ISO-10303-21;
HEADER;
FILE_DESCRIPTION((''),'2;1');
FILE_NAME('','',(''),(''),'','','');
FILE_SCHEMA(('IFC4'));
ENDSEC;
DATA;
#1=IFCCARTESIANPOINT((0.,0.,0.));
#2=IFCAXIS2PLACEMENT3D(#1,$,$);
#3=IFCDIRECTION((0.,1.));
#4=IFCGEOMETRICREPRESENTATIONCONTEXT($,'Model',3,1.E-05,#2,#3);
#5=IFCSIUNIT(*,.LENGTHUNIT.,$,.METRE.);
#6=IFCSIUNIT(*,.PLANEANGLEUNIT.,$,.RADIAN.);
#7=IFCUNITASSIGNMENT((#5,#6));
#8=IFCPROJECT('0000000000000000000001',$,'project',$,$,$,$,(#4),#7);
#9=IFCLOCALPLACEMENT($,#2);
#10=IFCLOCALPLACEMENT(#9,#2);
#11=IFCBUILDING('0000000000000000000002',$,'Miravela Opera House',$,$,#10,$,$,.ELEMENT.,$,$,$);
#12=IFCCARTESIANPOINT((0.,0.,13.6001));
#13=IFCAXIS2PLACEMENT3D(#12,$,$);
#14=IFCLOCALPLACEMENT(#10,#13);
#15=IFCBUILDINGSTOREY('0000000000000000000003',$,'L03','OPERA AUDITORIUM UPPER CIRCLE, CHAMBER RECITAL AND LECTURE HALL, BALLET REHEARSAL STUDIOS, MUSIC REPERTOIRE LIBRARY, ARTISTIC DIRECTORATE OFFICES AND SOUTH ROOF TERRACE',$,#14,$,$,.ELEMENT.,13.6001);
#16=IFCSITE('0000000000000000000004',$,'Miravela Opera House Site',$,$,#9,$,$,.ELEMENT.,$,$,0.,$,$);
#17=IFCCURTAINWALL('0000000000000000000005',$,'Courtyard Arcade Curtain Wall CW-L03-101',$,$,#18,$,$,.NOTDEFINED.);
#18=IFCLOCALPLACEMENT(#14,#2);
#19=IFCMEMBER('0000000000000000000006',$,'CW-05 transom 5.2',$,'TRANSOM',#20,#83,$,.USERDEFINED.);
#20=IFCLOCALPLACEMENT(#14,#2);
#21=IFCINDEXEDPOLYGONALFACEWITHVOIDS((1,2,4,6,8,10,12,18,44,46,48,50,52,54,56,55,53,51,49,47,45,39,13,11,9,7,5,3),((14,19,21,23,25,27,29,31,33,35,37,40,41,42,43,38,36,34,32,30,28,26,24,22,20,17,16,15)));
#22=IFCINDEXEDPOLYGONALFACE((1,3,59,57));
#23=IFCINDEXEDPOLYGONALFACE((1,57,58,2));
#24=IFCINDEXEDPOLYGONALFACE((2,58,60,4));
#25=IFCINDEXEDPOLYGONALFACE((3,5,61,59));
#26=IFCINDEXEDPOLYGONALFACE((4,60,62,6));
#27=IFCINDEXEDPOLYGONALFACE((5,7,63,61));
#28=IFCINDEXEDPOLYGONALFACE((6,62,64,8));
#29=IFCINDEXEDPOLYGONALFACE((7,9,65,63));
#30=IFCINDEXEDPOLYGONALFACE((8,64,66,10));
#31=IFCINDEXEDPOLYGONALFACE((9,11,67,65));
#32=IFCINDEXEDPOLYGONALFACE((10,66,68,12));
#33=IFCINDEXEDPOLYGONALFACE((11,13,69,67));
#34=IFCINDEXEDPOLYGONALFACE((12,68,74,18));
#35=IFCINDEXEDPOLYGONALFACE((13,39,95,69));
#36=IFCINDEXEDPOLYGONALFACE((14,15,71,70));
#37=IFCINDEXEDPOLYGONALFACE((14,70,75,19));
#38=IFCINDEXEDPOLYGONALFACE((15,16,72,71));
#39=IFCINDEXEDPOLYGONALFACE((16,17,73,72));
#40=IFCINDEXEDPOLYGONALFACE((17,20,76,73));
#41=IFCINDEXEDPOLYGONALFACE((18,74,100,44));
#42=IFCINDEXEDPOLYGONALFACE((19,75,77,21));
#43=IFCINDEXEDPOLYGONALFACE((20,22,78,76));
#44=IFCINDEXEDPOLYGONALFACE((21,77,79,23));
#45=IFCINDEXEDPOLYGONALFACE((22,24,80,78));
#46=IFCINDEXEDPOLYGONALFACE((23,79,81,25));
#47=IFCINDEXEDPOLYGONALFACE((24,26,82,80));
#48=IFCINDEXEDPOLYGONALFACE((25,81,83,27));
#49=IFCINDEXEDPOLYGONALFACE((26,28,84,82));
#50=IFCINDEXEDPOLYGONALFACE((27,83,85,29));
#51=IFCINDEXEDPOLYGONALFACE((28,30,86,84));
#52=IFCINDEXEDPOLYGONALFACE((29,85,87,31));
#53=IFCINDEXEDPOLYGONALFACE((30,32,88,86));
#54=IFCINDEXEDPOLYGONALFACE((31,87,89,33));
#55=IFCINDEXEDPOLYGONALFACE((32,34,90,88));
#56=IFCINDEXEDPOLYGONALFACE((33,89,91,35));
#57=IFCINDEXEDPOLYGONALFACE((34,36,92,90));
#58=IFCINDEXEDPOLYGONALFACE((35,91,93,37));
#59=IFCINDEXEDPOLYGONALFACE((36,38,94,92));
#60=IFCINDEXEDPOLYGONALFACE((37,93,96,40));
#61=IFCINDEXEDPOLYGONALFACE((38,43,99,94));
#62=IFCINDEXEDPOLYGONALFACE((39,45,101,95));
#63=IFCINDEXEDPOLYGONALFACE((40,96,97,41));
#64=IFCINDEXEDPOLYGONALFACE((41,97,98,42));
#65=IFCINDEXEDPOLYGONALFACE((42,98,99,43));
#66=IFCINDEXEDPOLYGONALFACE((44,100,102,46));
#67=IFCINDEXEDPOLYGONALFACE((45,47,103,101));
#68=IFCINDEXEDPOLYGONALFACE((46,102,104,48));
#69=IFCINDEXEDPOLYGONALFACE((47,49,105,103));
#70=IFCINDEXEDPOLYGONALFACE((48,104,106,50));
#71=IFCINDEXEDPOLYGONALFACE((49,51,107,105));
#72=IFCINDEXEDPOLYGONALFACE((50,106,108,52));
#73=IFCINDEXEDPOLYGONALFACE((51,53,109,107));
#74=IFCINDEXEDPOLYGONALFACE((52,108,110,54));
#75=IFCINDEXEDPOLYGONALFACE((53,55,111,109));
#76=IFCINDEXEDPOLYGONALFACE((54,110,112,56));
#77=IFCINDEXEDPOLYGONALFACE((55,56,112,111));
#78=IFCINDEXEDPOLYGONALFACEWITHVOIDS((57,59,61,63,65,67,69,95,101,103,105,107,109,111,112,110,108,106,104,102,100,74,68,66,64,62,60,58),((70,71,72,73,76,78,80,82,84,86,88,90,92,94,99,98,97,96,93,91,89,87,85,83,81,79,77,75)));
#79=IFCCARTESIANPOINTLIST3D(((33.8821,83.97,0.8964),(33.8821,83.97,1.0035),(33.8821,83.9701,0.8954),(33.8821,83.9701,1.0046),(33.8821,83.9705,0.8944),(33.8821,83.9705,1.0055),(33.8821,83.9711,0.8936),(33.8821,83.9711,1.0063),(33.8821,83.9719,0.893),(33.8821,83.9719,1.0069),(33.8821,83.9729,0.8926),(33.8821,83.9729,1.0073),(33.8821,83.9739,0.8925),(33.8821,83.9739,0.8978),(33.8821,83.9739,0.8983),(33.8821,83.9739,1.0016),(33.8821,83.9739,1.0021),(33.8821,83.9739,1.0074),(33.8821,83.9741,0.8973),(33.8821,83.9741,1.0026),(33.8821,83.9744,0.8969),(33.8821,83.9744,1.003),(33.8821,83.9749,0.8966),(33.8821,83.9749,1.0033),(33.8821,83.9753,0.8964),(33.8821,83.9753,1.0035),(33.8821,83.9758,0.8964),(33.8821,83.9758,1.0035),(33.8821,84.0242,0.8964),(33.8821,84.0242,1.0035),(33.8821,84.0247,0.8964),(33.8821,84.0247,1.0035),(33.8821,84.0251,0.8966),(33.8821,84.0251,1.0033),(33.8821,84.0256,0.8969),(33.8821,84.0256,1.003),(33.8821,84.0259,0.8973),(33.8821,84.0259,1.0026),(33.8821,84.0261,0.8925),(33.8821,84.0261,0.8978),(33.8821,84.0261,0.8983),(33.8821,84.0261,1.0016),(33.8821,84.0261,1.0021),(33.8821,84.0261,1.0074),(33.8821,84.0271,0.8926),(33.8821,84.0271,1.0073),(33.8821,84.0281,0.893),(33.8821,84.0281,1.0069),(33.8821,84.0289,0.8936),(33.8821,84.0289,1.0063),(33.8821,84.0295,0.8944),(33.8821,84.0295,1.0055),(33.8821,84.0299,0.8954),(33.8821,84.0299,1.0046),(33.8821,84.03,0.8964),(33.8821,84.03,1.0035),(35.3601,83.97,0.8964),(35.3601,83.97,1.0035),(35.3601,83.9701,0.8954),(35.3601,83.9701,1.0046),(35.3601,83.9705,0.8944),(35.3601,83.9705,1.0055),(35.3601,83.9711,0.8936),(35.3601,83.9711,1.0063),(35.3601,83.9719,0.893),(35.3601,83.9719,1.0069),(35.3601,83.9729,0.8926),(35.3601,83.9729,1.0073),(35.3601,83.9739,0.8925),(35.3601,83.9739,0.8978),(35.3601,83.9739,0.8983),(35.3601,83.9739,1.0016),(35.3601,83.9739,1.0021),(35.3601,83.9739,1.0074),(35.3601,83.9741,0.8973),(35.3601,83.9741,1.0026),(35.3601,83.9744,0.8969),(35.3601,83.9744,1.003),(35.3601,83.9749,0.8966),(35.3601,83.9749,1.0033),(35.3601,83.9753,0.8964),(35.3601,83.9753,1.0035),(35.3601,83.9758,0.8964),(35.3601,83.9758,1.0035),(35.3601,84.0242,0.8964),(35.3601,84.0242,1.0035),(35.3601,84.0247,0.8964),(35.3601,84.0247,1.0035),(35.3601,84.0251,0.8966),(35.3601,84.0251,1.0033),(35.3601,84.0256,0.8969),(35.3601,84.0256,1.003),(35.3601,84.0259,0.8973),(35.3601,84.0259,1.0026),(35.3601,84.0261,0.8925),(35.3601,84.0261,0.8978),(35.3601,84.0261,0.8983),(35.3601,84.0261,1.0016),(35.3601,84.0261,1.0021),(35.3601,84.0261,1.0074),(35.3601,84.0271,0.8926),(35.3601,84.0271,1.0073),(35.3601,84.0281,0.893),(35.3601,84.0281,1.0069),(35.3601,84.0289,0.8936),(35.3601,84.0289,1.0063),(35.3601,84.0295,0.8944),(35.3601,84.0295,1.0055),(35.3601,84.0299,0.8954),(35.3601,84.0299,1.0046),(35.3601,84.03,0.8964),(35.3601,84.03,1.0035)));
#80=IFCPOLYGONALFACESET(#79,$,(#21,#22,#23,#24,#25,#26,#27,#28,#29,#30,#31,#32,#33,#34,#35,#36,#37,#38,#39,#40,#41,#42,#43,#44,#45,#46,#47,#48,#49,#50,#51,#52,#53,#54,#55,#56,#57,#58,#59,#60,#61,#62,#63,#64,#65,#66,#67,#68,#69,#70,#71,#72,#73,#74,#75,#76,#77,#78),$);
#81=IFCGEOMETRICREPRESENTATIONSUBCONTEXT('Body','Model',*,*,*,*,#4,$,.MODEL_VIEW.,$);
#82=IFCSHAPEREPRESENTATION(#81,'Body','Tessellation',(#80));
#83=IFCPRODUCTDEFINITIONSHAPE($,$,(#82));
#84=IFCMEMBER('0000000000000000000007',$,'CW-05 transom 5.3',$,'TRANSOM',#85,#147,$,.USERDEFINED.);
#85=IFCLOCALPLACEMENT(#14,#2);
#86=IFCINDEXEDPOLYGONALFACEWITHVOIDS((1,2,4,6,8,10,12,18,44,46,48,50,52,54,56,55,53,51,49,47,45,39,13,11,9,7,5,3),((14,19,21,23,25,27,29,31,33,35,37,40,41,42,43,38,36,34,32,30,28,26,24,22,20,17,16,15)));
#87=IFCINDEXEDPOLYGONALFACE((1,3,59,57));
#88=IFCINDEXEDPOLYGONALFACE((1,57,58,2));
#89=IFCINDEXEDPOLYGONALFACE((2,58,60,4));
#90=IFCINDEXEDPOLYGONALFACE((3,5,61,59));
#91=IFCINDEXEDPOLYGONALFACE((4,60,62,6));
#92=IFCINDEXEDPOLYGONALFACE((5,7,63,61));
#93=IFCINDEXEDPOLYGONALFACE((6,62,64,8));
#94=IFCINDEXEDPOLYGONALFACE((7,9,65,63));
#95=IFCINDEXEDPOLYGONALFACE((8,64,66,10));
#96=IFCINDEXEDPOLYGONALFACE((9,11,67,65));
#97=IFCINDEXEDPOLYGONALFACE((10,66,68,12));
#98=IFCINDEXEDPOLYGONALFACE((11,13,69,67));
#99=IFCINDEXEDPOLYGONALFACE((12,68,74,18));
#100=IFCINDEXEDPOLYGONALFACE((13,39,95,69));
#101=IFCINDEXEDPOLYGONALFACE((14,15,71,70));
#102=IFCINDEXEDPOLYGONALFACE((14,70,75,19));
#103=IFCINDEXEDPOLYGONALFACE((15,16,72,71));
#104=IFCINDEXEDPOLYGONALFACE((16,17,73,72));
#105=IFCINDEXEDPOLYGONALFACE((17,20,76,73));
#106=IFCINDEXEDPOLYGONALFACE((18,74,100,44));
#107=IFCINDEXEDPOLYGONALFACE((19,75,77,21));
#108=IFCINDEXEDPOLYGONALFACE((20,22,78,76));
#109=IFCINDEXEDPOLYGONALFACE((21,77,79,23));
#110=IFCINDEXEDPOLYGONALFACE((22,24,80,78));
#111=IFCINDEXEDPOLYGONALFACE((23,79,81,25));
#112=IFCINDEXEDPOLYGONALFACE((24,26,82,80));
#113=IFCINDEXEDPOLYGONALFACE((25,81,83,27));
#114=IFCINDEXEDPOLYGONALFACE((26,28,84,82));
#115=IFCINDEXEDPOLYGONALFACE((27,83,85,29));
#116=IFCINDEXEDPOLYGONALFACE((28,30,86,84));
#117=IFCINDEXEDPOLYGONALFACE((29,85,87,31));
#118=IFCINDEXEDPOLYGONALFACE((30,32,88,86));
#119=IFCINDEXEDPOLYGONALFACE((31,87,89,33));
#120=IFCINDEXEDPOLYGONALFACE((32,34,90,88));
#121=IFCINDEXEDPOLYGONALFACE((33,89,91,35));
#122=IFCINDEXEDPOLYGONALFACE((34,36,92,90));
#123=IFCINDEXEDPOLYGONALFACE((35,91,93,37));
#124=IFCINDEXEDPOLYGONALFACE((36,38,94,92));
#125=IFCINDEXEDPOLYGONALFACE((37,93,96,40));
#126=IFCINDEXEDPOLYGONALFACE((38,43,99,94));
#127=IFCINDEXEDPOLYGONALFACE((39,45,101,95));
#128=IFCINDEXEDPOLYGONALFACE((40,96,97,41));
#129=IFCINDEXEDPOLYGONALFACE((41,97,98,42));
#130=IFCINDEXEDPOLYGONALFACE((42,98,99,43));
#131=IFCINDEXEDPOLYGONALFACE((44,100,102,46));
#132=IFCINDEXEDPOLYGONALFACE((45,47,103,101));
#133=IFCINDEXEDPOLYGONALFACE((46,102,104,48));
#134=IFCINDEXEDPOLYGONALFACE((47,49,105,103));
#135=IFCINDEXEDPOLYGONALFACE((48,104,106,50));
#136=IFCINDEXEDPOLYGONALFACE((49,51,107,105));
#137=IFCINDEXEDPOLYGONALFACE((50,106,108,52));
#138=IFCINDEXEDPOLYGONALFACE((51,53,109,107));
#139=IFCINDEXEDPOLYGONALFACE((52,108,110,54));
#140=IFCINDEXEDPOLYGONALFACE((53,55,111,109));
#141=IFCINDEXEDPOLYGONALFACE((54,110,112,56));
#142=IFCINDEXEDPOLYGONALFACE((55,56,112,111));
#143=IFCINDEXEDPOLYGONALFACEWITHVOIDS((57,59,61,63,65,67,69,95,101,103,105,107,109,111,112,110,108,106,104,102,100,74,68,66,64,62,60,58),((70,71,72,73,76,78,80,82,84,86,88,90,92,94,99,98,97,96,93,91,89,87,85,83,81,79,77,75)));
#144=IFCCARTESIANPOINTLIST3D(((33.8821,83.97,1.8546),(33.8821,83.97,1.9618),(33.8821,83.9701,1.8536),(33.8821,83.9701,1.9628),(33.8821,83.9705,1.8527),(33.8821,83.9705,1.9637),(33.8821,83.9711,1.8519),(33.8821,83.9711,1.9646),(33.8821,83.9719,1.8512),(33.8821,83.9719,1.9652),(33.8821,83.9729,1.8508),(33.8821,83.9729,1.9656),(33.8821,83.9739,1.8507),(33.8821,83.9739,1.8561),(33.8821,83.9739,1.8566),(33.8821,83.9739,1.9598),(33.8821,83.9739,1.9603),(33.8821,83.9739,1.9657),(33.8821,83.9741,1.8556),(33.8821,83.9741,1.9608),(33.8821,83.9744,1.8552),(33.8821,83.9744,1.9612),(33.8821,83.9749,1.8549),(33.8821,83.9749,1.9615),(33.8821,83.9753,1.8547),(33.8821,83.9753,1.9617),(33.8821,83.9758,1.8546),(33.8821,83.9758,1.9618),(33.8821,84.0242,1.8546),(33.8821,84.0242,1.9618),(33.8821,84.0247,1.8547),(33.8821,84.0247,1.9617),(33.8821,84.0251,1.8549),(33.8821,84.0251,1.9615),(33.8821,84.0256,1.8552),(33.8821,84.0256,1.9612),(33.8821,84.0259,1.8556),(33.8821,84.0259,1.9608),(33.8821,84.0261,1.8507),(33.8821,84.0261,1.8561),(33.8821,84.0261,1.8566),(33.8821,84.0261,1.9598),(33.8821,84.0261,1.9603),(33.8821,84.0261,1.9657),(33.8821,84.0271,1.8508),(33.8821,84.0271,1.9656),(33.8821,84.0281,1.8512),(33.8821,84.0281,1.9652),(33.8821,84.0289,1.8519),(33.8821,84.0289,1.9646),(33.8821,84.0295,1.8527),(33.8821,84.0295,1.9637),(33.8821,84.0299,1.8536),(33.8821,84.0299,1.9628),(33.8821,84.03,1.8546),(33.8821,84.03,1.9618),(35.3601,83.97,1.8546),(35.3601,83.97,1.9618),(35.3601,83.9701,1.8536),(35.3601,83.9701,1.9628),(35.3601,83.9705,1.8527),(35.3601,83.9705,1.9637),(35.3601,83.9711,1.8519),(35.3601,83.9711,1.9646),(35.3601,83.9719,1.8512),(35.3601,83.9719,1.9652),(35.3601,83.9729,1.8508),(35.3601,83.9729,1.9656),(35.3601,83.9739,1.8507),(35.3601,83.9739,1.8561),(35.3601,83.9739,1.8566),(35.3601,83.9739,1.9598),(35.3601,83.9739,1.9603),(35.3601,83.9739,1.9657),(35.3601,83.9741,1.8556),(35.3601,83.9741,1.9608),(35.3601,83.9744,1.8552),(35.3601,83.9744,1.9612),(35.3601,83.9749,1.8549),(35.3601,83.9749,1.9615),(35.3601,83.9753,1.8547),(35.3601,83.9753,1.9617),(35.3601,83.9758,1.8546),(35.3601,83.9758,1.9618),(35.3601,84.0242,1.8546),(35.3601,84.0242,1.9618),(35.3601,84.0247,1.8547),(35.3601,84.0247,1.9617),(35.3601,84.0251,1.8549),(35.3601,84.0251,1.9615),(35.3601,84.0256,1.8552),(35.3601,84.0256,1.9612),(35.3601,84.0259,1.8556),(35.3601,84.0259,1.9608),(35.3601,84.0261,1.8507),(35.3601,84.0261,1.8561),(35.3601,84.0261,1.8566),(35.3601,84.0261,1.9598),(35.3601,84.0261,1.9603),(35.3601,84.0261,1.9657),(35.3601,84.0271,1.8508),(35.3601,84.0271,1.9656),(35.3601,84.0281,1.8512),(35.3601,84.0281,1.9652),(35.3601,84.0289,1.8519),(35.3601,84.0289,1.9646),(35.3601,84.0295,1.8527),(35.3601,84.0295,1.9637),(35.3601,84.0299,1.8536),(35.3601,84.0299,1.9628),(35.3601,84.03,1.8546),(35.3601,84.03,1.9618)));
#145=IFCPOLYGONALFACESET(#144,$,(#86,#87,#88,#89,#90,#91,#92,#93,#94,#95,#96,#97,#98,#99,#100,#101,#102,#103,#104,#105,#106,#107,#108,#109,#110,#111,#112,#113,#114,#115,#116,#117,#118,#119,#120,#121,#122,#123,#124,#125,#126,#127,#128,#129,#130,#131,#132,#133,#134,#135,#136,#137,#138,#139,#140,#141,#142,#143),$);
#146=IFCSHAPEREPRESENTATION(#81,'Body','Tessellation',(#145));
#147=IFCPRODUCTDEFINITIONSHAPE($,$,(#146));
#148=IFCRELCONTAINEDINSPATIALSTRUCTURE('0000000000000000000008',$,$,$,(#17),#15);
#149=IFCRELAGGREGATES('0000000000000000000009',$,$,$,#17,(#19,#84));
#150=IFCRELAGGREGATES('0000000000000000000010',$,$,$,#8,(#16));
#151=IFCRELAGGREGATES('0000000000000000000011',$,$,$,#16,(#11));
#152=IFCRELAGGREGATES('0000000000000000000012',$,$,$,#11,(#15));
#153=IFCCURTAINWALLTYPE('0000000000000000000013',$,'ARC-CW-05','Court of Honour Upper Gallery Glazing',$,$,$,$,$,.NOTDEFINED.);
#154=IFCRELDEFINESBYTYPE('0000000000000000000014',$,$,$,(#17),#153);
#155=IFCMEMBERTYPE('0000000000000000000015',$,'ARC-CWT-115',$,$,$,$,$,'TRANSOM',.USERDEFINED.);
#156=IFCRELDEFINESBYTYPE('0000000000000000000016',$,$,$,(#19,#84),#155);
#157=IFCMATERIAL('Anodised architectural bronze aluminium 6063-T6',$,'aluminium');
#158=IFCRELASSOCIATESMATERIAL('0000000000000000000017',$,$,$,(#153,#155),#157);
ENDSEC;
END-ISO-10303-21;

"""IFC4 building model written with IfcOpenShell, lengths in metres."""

from ifc_helpers import new_model, si_unit, direction, frame, origin, origin_2d, place, context, subcontext, project, spatial, hollow_rectangle, extrude, material, material_profile, profile_set, type_object, element, aggregate, save


model = new_model("IFC4")

# Units and contexts
model_context = context("Model", 3, precision=1e-05, world=origin(), true_north=direction((0.0, 1.0)))
body_context = subcontext(model_context, "Body", "Model", "MODEL_VIEW")
ifc_project = project(units=[si_unit("LENGTHUNIT", "METRE"), si_unit("PLANEANGLEUNIT", "RADIAN")], contexts=[model_context])

# Site, building, storey
site_placement = place(None, origin())
site = spatial("IfcSite", under=ifc_project, at=site_placement, Name="Miravela Opera House Site", CompositionType="ELEMENT", RefElevation=0.0)
building_placement = place(site_placement, origin())
building = spatial("IfcBuilding", under=site, at=building_placement, Name="Miravela Opera House", CompositionType="ELEMENT")
storey_placement = place(building_placement, frame((0.0, 0.0, 13.6001)))
storey = spatial("IfcBuildingStorey", under=building, at=storey_placement, Name="L03", Description="OPERA AUDITORIUM UPPER CIRCLE, CHAMBER RECITAL AND LECTURE HALL, BALLET REHEARSAL STUDIOS, MUSIC REPERTOIRE LIBRARY, ARTISTIC DIRECTORATE OFFICES AND SOUTH ROOF TERRACE", CompositionType="ELEMENT", Elevation=13.6001)

# Curtain wall
ifc_material_1 = material(Name="Anodised architectural bronze aluminium 6063-T6", Category="aluminium")
curtain_wall_type = type_object("IfcCurtainWallType", Name="ARC-CW-05", Description="Court of Honour Upper Gallery Glazing", PredefinedType="NOTDEFINED", material=ifc_material_1)
curtain_wall_1_placement = place(storey_placement, origin())
curtain_wall_1 = element("IfcCurtainWall", 1, at=curtain_wall_1_placement, inside=storey, type_object=curtain_wall_type, Name="Courtyard Arcade Curtain Wall CW-L03-101", PredefinedType="NOTDEFINED")

# Members
ifc_material_profile_1 = material_profile(ifc_material_1, hollow_rectangle(XDim=0.0601, YDim=0.115, WallThickness=0.0039, InnerFilletRadius=0.002, OuterFilletRadius=0.0039, at=origin_2d()), Name="CWT-60X115")
ifc_profile_set_1 = profile_set([ifc_material_profile_1])
member_type_1 = type_object("IfcMemberType", Name="ARC-CWT-115", ElementType="TRANSOM", PredefinedType="USERDEFINED", material=ifc_profile_set_1)
member_1_placement = place(storey_placement, frame((33.8821, 84.0, 0.95), z_axis=(1.0, 0.0, 0.0), x_axis=(0.0, 1.0, 0.0)))
member_1 = element("IfcMember", 2, at=member_1_placement, type_object=member_type_1, Name="CW-05 transom 5.2", ObjectType="TRANSOM", PredefinedType="USERDEFINED", context=body_context, shape_type="SweptSolid", body=[
    extrude(hollow_rectangle(XDim=0.0601, YDim=0.115, WallThickness=0.0039, InnerFilletRadius=0.002, OuterFilletRadius=0.0039, at=origin_2d()), origin(), (0.0, 0.0, 1.0), 1.478),
])
member_2_placement = place(storey_placement, frame((33.8821, 84.0, 1.9082), z_axis=(1.0, 0.0, 0.0), x_axis=(0.0, 1.0, 0.0)))
member_2 = element("IfcMember", 3, at=member_2_placement, type_object=member_type_1, Name="CW-05 transom 5.3", ObjectType="TRANSOM", PredefinedType="USERDEFINED", context=body_context, shape_type="SweptSolid", body=[
    extrude(hollow_rectangle(XDim=0.0601, YDim=0.115, WallThickness=0.0039, InnerFilletRadius=0.002, OuterFilletRadius=0.0039, at=origin_2d()), origin(), (0.0, 0.0, 1.0), 1.478),
])

aggregate(curtain_wall_1, [member_1, member_2])

save(model, "model.ifc")
